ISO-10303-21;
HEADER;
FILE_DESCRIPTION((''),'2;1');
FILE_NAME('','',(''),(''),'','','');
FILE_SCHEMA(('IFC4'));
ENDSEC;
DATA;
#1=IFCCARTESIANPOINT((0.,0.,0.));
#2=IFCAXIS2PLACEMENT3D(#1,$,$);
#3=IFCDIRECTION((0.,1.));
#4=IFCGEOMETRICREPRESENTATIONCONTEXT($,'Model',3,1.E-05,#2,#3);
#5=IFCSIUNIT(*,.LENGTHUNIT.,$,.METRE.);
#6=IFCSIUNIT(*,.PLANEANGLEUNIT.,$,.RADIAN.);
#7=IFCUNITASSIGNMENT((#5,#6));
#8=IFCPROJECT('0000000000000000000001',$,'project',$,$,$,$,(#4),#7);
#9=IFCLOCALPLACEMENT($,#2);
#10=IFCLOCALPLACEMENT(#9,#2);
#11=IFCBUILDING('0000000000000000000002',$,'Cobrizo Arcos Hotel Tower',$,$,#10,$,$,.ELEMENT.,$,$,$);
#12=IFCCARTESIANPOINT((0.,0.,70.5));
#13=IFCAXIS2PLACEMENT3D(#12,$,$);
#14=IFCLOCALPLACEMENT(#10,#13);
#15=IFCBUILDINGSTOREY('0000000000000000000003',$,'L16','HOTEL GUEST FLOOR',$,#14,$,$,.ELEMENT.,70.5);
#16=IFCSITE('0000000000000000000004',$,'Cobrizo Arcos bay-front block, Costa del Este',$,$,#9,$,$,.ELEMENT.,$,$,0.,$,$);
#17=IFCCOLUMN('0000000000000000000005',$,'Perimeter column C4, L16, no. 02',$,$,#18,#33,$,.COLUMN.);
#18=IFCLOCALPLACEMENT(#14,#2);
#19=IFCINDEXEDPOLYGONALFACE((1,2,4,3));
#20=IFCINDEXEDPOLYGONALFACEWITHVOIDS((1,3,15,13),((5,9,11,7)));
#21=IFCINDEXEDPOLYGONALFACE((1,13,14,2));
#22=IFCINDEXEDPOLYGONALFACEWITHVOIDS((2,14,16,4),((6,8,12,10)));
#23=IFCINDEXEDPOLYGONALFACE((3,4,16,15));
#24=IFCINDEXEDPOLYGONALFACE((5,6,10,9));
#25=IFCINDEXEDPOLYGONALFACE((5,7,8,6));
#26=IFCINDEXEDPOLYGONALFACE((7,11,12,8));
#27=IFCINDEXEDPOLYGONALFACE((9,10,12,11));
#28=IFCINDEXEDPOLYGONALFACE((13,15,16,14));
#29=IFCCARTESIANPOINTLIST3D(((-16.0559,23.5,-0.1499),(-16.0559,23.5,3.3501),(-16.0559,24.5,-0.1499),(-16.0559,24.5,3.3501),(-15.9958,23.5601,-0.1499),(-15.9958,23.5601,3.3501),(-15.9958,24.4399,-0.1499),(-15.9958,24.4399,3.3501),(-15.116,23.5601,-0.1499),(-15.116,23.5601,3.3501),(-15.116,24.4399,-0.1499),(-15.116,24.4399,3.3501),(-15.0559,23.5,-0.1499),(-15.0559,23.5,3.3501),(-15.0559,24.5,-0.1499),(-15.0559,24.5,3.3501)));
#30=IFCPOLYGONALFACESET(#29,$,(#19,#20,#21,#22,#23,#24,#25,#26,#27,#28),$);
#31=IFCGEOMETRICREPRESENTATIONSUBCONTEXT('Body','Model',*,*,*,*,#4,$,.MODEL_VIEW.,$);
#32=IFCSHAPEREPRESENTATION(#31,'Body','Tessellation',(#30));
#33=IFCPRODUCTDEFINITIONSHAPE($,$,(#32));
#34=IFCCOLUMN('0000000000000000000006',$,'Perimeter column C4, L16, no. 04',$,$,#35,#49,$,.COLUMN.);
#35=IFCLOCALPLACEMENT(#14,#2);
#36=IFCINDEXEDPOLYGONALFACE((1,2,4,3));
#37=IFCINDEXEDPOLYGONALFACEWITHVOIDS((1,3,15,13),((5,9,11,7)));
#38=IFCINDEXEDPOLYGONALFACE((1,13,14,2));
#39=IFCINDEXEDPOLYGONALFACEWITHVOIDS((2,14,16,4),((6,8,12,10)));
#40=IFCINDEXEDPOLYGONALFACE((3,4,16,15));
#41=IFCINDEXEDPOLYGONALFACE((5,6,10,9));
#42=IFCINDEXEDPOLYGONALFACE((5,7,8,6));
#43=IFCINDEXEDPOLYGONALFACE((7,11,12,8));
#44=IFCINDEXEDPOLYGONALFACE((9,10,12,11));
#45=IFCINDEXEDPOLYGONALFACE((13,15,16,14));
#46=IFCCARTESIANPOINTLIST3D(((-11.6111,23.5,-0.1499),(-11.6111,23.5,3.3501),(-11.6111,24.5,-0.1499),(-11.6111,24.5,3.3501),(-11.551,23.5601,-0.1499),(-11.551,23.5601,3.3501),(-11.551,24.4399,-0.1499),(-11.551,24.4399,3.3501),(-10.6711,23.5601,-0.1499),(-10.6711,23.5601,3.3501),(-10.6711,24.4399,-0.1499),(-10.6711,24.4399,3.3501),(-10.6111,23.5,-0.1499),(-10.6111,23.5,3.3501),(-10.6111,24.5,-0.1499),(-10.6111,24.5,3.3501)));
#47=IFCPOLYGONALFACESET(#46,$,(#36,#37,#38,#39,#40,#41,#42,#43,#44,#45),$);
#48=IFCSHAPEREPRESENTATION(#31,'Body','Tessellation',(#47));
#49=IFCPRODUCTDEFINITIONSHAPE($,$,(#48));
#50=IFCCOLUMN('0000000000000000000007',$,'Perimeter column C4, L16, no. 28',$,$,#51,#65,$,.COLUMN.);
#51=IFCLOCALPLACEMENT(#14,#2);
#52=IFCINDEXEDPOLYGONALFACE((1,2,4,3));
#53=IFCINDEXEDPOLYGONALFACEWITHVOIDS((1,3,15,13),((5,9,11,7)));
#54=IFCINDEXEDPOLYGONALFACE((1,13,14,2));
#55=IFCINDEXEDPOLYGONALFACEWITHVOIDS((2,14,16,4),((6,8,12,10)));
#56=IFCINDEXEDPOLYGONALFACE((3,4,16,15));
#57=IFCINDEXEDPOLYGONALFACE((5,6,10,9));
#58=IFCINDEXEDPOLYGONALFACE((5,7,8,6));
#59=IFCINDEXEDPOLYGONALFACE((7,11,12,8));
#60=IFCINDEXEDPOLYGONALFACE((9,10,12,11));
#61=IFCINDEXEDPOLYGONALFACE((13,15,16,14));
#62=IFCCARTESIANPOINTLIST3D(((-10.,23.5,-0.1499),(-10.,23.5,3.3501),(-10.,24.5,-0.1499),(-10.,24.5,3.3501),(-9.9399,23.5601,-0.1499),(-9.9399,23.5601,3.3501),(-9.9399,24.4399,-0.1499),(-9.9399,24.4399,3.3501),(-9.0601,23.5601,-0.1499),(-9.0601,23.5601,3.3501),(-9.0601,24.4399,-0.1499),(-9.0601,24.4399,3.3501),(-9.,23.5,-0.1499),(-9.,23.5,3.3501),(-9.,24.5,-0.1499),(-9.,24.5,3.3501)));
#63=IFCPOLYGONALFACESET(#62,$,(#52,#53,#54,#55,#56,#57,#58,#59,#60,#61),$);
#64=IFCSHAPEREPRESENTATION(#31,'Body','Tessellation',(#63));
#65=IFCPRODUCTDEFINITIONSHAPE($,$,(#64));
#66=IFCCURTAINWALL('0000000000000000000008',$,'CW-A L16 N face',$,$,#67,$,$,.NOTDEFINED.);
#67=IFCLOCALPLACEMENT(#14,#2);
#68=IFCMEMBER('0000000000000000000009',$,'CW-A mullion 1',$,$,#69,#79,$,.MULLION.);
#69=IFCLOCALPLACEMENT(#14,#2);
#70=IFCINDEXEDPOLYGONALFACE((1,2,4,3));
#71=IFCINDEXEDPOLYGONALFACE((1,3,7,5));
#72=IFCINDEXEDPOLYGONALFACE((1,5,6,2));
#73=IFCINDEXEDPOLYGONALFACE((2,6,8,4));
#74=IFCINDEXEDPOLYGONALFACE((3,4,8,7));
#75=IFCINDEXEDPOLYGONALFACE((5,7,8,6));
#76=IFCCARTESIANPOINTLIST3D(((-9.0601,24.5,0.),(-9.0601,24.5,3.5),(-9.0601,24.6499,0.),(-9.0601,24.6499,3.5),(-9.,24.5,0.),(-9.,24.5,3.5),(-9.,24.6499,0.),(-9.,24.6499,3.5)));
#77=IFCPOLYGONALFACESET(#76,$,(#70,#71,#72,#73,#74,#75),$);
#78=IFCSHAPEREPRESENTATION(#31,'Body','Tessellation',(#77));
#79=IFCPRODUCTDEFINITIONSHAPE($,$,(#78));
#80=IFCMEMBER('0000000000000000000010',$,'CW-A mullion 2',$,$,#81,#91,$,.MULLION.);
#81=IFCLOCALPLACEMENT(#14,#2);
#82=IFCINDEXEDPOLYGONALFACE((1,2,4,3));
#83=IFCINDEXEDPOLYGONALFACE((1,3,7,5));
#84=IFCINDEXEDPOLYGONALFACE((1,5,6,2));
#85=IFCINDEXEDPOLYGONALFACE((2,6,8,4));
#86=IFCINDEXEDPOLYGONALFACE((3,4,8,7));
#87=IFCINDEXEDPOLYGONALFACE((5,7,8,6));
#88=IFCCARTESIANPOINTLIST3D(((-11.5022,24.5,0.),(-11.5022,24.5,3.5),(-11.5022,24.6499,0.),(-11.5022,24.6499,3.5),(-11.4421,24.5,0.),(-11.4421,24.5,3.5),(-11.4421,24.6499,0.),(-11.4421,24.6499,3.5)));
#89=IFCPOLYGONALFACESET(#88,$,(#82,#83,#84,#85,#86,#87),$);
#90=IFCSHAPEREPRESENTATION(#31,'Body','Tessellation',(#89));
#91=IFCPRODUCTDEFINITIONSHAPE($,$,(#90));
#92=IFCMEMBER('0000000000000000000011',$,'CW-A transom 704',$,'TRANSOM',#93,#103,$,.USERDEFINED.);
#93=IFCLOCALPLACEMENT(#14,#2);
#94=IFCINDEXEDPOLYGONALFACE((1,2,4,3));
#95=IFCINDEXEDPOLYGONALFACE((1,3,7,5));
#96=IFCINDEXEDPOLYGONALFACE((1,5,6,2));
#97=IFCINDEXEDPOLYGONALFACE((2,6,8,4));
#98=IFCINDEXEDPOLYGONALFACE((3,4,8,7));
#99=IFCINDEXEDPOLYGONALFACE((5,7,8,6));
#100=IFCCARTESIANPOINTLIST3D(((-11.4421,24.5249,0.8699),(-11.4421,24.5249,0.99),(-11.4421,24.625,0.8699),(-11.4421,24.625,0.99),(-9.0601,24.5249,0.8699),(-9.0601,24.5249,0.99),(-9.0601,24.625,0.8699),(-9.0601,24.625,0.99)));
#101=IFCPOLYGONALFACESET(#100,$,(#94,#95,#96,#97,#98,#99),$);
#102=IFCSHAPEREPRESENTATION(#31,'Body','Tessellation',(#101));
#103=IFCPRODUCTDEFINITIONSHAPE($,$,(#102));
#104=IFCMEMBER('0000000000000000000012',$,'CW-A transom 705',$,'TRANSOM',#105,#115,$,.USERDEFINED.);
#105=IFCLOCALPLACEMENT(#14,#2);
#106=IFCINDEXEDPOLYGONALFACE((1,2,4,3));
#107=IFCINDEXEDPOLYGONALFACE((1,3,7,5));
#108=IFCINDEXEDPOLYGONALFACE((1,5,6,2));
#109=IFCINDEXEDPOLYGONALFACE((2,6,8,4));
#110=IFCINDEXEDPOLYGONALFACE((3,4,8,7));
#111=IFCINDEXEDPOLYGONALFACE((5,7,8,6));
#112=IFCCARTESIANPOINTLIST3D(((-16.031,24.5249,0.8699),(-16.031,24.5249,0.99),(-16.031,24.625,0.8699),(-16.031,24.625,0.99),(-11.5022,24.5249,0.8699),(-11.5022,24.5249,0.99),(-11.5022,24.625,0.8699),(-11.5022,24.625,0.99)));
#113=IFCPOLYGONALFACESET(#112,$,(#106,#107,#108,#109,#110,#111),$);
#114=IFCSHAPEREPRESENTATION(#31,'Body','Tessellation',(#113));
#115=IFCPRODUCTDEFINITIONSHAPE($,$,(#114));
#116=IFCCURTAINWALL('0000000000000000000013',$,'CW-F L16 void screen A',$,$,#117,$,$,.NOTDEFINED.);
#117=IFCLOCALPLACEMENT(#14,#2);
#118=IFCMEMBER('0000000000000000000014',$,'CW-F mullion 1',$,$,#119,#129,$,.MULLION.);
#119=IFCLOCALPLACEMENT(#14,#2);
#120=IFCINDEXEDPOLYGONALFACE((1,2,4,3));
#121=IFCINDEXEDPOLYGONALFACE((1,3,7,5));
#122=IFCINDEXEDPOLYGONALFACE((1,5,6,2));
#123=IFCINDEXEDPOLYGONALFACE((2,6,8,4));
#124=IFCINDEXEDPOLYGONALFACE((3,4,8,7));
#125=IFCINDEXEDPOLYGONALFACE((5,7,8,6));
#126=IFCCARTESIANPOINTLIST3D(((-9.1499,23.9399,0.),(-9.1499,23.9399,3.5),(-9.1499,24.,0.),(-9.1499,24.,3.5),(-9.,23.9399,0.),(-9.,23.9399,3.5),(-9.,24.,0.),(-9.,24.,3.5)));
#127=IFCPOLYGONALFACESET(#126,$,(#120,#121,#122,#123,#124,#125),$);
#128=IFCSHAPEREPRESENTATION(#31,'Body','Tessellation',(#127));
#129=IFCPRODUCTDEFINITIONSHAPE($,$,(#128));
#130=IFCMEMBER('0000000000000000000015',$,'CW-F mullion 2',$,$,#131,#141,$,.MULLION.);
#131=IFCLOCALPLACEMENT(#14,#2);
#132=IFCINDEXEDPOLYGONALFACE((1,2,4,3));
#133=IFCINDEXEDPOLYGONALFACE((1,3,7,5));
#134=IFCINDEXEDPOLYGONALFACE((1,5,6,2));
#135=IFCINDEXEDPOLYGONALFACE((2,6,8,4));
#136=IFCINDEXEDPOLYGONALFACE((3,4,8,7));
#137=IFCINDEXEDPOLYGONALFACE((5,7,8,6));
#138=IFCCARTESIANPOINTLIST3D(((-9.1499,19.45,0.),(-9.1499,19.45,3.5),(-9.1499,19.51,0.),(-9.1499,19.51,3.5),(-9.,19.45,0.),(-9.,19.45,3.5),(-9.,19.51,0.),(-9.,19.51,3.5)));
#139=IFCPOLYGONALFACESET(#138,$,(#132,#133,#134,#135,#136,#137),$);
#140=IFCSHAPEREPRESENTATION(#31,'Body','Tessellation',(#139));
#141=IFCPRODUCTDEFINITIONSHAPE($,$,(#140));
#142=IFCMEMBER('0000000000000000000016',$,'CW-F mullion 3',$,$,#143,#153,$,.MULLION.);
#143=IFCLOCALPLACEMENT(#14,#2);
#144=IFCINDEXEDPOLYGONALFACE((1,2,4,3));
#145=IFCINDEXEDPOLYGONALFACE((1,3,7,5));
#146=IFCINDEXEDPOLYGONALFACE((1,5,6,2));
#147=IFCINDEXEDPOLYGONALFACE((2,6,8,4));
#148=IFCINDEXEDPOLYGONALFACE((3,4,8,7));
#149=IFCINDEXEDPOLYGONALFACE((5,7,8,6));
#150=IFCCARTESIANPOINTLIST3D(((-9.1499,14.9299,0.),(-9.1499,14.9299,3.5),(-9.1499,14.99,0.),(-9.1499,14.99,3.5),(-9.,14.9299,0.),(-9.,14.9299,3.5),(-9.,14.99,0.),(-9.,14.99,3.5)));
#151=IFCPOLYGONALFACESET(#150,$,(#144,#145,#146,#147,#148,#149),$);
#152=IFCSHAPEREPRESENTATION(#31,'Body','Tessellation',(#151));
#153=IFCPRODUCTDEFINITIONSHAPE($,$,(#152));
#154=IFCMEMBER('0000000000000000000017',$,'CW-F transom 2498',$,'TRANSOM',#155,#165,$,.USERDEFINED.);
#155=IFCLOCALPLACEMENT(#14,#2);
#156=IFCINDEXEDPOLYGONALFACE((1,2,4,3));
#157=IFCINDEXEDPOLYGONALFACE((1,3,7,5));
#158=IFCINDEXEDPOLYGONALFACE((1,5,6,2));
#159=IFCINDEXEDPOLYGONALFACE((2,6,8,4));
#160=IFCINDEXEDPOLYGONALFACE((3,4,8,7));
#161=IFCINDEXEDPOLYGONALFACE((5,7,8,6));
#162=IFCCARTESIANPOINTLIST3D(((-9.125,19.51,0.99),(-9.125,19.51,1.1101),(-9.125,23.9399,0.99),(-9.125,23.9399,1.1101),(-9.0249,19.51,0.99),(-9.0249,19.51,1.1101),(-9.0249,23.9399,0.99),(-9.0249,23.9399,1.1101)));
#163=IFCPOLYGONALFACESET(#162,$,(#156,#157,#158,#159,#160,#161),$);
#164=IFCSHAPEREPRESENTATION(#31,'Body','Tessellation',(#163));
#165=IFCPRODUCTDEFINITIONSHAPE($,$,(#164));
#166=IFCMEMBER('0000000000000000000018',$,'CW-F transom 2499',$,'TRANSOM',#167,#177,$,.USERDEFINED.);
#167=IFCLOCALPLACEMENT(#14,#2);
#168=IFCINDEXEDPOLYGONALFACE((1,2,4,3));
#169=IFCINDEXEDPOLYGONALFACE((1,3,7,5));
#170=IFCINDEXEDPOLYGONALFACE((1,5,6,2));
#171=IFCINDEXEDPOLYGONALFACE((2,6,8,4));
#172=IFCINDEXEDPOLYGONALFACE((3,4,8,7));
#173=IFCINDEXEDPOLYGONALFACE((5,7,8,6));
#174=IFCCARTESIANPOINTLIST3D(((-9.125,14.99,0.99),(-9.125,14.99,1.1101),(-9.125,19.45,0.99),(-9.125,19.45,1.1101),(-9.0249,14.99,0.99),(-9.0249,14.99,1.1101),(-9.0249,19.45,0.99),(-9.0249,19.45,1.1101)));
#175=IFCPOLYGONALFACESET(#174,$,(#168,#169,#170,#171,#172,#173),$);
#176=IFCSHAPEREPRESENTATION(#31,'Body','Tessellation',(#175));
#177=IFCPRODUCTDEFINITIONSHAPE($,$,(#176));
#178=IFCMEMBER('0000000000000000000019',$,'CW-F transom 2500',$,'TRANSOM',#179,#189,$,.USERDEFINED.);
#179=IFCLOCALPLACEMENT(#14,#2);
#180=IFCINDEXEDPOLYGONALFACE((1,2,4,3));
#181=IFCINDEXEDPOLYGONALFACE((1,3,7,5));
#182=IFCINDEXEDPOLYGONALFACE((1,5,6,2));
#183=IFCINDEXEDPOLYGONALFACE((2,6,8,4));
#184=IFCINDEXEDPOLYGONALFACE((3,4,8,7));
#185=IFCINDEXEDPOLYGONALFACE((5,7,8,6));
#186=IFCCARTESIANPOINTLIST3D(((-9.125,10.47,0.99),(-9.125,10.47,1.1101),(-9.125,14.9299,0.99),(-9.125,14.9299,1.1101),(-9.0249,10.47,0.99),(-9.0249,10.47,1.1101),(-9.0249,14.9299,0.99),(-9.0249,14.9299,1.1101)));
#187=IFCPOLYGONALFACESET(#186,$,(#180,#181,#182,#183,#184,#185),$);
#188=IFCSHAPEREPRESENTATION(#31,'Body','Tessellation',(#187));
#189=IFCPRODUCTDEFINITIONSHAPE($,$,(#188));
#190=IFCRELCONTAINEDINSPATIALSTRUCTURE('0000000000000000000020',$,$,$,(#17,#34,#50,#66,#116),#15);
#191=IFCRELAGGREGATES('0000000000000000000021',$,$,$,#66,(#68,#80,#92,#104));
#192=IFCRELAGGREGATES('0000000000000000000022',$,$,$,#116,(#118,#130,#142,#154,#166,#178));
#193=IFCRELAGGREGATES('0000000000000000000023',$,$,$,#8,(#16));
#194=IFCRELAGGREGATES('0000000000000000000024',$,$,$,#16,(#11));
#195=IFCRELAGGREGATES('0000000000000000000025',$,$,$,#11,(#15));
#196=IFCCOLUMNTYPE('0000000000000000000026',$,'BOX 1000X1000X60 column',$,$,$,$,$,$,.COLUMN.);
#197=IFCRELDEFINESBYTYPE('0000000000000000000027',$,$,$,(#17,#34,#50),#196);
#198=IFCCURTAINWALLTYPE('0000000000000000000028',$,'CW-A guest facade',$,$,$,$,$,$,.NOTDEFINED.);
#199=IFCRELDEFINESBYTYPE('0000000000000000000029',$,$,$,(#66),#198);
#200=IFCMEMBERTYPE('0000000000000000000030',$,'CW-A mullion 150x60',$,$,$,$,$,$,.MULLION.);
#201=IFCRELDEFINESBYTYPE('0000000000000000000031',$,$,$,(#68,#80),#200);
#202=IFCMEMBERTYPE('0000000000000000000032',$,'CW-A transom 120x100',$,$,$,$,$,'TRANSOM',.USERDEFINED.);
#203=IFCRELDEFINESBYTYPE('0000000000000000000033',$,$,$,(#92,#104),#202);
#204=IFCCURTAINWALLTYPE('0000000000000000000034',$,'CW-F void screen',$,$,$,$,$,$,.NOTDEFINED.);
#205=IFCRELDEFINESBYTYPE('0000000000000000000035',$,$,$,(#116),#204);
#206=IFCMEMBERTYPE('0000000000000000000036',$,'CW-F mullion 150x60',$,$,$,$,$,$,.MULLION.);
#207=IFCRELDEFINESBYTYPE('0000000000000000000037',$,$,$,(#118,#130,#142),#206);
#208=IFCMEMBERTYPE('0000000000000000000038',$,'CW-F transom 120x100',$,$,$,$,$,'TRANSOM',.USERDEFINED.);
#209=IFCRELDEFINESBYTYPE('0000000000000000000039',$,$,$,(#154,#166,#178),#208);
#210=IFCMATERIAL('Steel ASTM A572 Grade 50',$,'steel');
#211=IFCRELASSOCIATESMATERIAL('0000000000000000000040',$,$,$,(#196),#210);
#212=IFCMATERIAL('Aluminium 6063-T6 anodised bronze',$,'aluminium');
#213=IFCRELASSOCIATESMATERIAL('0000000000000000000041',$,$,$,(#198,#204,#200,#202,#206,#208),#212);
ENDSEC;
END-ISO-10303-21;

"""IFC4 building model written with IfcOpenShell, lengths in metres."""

from ifc_helpers import new_model, si_unit, direction, frame, origin, origin_2d, place, context, subcontext, project, spatial, rectangle, hollow_rectangle, extrude, material, material_profile, profile_set, type_object, element, aggregate, save


model = new_model("IFC4")

# Units and contexts
model_context = context("Model", 3, precision=1e-05, world=origin(), true_north=direction((0.0, 1.0)))
body_context = subcontext(model_context, "Body", "Model", "MODEL_VIEW")
ifc_project = project(units=[si_unit("LENGTHUNIT", "METRE"), si_unit("PLANEANGLEUNIT", "RADIAN")], contexts=[model_context])

# Site, building, storey
site_placement = place(None, origin())
site = spatial("IfcSite", under=ifc_project, at=site_placement, Name="Cobrizo Arcos bay-front block, Costa del Este", CompositionType="ELEMENT", RefElevation=0.0)
building_placement = place(site_placement, origin())
building = spatial("IfcBuilding", under=site, at=building_placement, Name="Cobrizo Arcos Hotel Tower", CompositionType="ELEMENT")
storey_placement = place(building_placement, frame((0.0, 0.0, 70.5)))
storey = spatial("IfcBuildingStorey", under=building, at=storey_placement, Name="L16", Description="HOTEL GUEST FLOOR", CompositionType="ELEMENT", Elevation=70.5)

# Columns
ifc_material_1 = material(Name="Steel ASTM A572 Grade 50", Category="steel")
ifc_material_profile_1 = material_profile(ifc_material_1, hollow_rectangle(XDim=1.0, YDim=1.0, WallThickness=0.0601, at=origin_2d()), Name="BOX 1000X1000X60")
ifc_profile_set_1 = profile_set([ifc_material_profile_1], Name="Steel ASTM A572 Grade 50")
column_type = type_object("IfcColumnType", Name="BOX 1000X1000X60 column", PredefinedType="COLUMN", material=ifc_profile_set_1)
for number, where, z_axis, x_axis, name in (
    (1, (-15.5559, 24.0, -0.1499), (0.0, 0.0, 1.0), (1.0, 0.0, 0.0), "Perimeter column C4, L16, no. 02"),
    (2, (-11.1111, 24.0, -0.1499), (0.0, 0.0, 1.0), (1.0, 0.0, 0.0), "Perimeter column C4, L16, no. 04"),
    (3, (-9.5, 24.0, -0.1499), (0.0, 0.0, 1.0), (1.0, 0.0, 0.0), "Perimeter column C4, L16, no. 28"),
):
    element("IfcColumn", number, at=place(storey_placement, frame(where, z_axis=z_axis, x_axis=x_axis)), inside=storey, type_object=column_type, Name=name, PredefinedType="COLUMN", context=body_context, shape_type="SweptSolid", body=[
        extrude(hollow_rectangle(XDim=1.0, YDim=1.0, WallThickness=0.0601, at=origin_2d()), origin(), (0.0, 0.0, 1.0), 3.5),
    ])

# Curtain walls, members
ifc_material_2 = material(Name="Aluminium 6063-T6 anodised bronze", Category="aluminium")
curtain_wall_type_1 = type_object("IfcCurtainWallType", Name="CW-A guest facade", PredefinedType="NOTDEFINED", material=ifc_material_2)
curtain_wall_1_placement = place(storey_placement, origin())
curtain_wall_1 = element("IfcCurtainWall", 4, at=curtain_wall_1_placement, inside=storey, type_object=curtain_wall_type_1, Name="CW-A L16 N face", PredefinedType="NOTDEFINED")
ifc_material_profile_2 = material_profile(ifc_material_2, rectangle(XDim=0.1499, YDim=0.0601, at=origin_2d()), Name="CW-A mullion 150x60")
ifc_profile_set_2 = profile_set([ifc_material_profile_2], Name="Aluminium 6063-T6 anodised bronze")
member_type_1 = type_object("IfcMemberType", Name="CW-A mullion 150x60", PredefinedType="MULLION", material=ifc_profile_set_2)
member_1_placement = place(storey_placement, frame((-9.03, 24.575, 0.0), z_axis=(0.0, 0.0, 1.0), x_axis=(0.0, 1.0, 0.0)))
member_1 = element("IfcMember", 5, at=member_1_placement, type_object=member_type_1, Name="CW-A mullion 1", PredefinedType="MULLION", context=body_context, shape_type="SweptSolid", body=[
    extrude(rectangle(XDim=0.1499, YDim=0.0601, at=origin_2d()), origin(), (0.0, 0.0, 1.0), 3.5),
])
member_2_placement = place(storey_placement, frame((-11.4722, 24.575, 0.0), z_axis=(0.0, 0.0, 1.0), x_axis=(0.0, 1.0, 0.0)))
member_2 = element("IfcMember", 6, at=member_2_placement, type_object=member_type_1, Name="CW-A mullion 2", PredefinedType="MULLION", context=body_context, shape_type="SweptSolid", body=[
    extrude(rectangle(XDim=0.1499, YDim=0.0601, at=origin_2d()), origin(), (0.0, 0.0, 1.0), 3.5),
])
ifc_material_profile_3 = material_profile(ifc_material_2, rectangle(XDim=0.1001, YDim=0.1201, at=origin_2d()), Name="CW-A transom 120x100")
ifc_profile_set_3 = profile_set([ifc_material_profile_3], Name="Aluminium 6063-T6 anodised bronze")
member_type_2 = type_object("IfcMemberType", Name="CW-A transom 120x100", ElementType="TRANSOM", PredefinedType="USERDEFINED", material=ifc_profile_set_3)
member_3_placement = place(storey_placement, frame((-9.0601, 24.575, 0.9299), z_axis=(-1.0, 0.0, 0.0), x_axis=(0.0, -1.0, 0.0)))
member_3 = element("IfcMember", 7, at=member_3_placement, type_object=member_type_2, Name="CW-A transom 704", ObjectType="TRANSOM", PredefinedType="USERDEFINED", context=body_context, shape_type="SweptSolid", body=[
    extrude(rectangle(XDim=0.1001, YDim=0.1201, at=origin_2d()), origin(), (0.0, 0.0, 1.0), 2.3821),
])
member_4_placement = place(storey_placement, frame((-11.5022, 24.575, 0.9299), z_axis=(-1.0, 0.0, 0.0), x_axis=(0.0, -1.0, 0.0)))
member_4 = element("IfcMember", 8, at=member_4_placement, type_object=member_type_2, Name="CW-A transom 705", ObjectType="TRANSOM", PredefinedType="USERDEFINED", context=body_context, shape_type="SweptSolid", body=[
    extrude(rectangle(XDim=0.1001, YDim=0.1201, at=origin_2d()), origin(), (0.0, 0.0, 1.0), 4.5288),
])
curtain_wall_type_2 = type_object("IfcCurtainWallType", Name="CW-F void screen", PredefinedType="NOTDEFINED", material=ifc_material_2)
curtain_wall_2_placement = place(storey_placement, origin())
curtain_wall_2 = element("IfcCurtainWall", 9, at=curtain_wall_2_placement, inside=storey, type_object=curtain_wall_type_2, Name="CW-F L16 void screen A", PredefinedType="NOTDEFINED")
ifc_material_profile_4 = material_profile(ifc_material_2, rectangle(XDim=0.1499, YDim=0.0601, at=origin_2d()), Name="CW-F mullion 150x60")
ifc_profile_set_4 = profile_set([ifc_material_profile_4], Name="Aluminium 6063-T6 anodised bronze")
member_type_3 = type_object("IfcMemberType", Name="CW-F mullion 150x60", PredefinedType="MULLION", material=ifc_profile_set_4)
member_5_placement = place(storey_placement, frame((-9.075, 23.97, 0.0), z_axis=(0.0, 0.0, 1.0), x_axis=(-1.0, 0.0, 0.0)))
member_5 = element("IfcMember", 10, at=member_5_placement, type_object=member_type_3, Name="CW-F mullion 1", PredefinedType="MULLION", context=body_context, shape_type="SweptSolid", body=[
    extrude(rectangle(XDim=0.1499, YDim=0.0601, at=origin_2d()), origin(), (0.0, 0.0, 1.0), 3.5),
])
member_6_placement = place(storey_placement, frame((-9.075, 19.48, 0.0), z_axis=(0.0, 0.0, 1.0), x_axis=(-1.0, 0.0, 0.0)))
member_6 = element("IfcMember", 11, at=member_6_placement, type_object=member_type_3, Name="CW-F mullion 2", PredefinedType="MULLION", context=body_context, shape_type="SweptSolid", body=[
    extrude(rectangle(XDim=0.1499, YDim=0.0601, at=origin_2d()), origin(), (0.0, 0.0, 1.0), 3.5),
])
member_7_placement = place(storey_placement, frame((-9.075, 14.96, 0.0), z_axis=(0.0, 0.0, 1.0), x_axis=(-1.0, 0.0, 0.0)))
member_7 = element("IfcMember", 12, at=member_7_placement, type_object=member_type_3, Name="CW-F mullion 3", PredefinedType="MULLION", context=body_context, shape_type="SweptSolid", body=[
    extrude(rectangle(XDim=0.1499, YDim=0.0601, at=origin_2d()), origin(), (0.0, 0.0, 1.0), 3.5),
])
ifc_material_profile_5 = material_profile(ifc_material_2, rectangle(XDim=0.1001, YDim=0.1201, at=origin_2d()), Name="CW-F transom 120x100")
ifc_profile_set_5 = profile_set([ifc_material_profile_5], Name="Aluminium 6063-T6 anodised bronze")
member_type_4 = type_object("IfcMemberType", Name="CW-F transom 120x100", ElementType="TRANSOM", PredefinedType="USERDEFINED", material=ifc_profile_set_5)
member_8_placement = place(storey_placement, frame((-9.075, 23.9399, 1.05), z_axis=(0.0, -1.0, 0.0), x_axis=(1.0, 0.0, 0.0)))
member_8 = element("IfcMember", 13, at=member_8_placement, type_object=member_type_4, Name="CW-F transom 2498", ObjectType="TRANSOM", PredefinedType="USERDEFINED", context=body_context, shape_type="SweptSolid", body=[
    extrude(rectangle(XDim=0.1001, YDim=0.1201, at=origin_2d()), origin(), (0.0, 0.0, 1.0), 4.4299),
])
member_9_placement = place(storey_placement, frame((-9.075, 19.45, 1.05), z_axis=(0.0, -1.0, 0.0), x_axis=(1.0, 0.0, 0.0)))
member_9 = element("IfcMember", 14, at=member_9_placement, type_object=member_type_4, Name="CW-F transom 2499", ObjectType="TRANSOM", PredefinedType="USERDEFINED", context=body_context, shape_type="SweptSolid", body=[
    extrude(rectangle(XDim=0.1001, YDim=0.1201, at=origin_2d()), origin(), (0.0, 0.0, 1.0), 4.46),
])
member_10_placement = place(storey_placement, frame((-9.075, 14.9299, 1.05), z_axis=(0.0, -1.0, 0.0), x_axis=(1.0, 0.0, 0.0)))
member_10 = element("IfcMember", 15, at=member_10_placement, type_object=member_type_4, Name="CW-F transom 2500", ObjectType="TRANSOM", PredefinedType="USERDEFINED", context=body_context, shape_type="SweptSolid", body=[
    extrude(rectangle(XDim=0.1001, YDim=0.1201, at=origin_2d()), origin(), (0.0, 0.0, 1.0), 4.46),
])

aggregate(curtain_wall_1, [member_1, member_2, member_3, member_4])
aggregate(curtain_wall_2, [member_5, member_6, member_7, member_8, member_9, member_10])

save(model, "model.ifc")
